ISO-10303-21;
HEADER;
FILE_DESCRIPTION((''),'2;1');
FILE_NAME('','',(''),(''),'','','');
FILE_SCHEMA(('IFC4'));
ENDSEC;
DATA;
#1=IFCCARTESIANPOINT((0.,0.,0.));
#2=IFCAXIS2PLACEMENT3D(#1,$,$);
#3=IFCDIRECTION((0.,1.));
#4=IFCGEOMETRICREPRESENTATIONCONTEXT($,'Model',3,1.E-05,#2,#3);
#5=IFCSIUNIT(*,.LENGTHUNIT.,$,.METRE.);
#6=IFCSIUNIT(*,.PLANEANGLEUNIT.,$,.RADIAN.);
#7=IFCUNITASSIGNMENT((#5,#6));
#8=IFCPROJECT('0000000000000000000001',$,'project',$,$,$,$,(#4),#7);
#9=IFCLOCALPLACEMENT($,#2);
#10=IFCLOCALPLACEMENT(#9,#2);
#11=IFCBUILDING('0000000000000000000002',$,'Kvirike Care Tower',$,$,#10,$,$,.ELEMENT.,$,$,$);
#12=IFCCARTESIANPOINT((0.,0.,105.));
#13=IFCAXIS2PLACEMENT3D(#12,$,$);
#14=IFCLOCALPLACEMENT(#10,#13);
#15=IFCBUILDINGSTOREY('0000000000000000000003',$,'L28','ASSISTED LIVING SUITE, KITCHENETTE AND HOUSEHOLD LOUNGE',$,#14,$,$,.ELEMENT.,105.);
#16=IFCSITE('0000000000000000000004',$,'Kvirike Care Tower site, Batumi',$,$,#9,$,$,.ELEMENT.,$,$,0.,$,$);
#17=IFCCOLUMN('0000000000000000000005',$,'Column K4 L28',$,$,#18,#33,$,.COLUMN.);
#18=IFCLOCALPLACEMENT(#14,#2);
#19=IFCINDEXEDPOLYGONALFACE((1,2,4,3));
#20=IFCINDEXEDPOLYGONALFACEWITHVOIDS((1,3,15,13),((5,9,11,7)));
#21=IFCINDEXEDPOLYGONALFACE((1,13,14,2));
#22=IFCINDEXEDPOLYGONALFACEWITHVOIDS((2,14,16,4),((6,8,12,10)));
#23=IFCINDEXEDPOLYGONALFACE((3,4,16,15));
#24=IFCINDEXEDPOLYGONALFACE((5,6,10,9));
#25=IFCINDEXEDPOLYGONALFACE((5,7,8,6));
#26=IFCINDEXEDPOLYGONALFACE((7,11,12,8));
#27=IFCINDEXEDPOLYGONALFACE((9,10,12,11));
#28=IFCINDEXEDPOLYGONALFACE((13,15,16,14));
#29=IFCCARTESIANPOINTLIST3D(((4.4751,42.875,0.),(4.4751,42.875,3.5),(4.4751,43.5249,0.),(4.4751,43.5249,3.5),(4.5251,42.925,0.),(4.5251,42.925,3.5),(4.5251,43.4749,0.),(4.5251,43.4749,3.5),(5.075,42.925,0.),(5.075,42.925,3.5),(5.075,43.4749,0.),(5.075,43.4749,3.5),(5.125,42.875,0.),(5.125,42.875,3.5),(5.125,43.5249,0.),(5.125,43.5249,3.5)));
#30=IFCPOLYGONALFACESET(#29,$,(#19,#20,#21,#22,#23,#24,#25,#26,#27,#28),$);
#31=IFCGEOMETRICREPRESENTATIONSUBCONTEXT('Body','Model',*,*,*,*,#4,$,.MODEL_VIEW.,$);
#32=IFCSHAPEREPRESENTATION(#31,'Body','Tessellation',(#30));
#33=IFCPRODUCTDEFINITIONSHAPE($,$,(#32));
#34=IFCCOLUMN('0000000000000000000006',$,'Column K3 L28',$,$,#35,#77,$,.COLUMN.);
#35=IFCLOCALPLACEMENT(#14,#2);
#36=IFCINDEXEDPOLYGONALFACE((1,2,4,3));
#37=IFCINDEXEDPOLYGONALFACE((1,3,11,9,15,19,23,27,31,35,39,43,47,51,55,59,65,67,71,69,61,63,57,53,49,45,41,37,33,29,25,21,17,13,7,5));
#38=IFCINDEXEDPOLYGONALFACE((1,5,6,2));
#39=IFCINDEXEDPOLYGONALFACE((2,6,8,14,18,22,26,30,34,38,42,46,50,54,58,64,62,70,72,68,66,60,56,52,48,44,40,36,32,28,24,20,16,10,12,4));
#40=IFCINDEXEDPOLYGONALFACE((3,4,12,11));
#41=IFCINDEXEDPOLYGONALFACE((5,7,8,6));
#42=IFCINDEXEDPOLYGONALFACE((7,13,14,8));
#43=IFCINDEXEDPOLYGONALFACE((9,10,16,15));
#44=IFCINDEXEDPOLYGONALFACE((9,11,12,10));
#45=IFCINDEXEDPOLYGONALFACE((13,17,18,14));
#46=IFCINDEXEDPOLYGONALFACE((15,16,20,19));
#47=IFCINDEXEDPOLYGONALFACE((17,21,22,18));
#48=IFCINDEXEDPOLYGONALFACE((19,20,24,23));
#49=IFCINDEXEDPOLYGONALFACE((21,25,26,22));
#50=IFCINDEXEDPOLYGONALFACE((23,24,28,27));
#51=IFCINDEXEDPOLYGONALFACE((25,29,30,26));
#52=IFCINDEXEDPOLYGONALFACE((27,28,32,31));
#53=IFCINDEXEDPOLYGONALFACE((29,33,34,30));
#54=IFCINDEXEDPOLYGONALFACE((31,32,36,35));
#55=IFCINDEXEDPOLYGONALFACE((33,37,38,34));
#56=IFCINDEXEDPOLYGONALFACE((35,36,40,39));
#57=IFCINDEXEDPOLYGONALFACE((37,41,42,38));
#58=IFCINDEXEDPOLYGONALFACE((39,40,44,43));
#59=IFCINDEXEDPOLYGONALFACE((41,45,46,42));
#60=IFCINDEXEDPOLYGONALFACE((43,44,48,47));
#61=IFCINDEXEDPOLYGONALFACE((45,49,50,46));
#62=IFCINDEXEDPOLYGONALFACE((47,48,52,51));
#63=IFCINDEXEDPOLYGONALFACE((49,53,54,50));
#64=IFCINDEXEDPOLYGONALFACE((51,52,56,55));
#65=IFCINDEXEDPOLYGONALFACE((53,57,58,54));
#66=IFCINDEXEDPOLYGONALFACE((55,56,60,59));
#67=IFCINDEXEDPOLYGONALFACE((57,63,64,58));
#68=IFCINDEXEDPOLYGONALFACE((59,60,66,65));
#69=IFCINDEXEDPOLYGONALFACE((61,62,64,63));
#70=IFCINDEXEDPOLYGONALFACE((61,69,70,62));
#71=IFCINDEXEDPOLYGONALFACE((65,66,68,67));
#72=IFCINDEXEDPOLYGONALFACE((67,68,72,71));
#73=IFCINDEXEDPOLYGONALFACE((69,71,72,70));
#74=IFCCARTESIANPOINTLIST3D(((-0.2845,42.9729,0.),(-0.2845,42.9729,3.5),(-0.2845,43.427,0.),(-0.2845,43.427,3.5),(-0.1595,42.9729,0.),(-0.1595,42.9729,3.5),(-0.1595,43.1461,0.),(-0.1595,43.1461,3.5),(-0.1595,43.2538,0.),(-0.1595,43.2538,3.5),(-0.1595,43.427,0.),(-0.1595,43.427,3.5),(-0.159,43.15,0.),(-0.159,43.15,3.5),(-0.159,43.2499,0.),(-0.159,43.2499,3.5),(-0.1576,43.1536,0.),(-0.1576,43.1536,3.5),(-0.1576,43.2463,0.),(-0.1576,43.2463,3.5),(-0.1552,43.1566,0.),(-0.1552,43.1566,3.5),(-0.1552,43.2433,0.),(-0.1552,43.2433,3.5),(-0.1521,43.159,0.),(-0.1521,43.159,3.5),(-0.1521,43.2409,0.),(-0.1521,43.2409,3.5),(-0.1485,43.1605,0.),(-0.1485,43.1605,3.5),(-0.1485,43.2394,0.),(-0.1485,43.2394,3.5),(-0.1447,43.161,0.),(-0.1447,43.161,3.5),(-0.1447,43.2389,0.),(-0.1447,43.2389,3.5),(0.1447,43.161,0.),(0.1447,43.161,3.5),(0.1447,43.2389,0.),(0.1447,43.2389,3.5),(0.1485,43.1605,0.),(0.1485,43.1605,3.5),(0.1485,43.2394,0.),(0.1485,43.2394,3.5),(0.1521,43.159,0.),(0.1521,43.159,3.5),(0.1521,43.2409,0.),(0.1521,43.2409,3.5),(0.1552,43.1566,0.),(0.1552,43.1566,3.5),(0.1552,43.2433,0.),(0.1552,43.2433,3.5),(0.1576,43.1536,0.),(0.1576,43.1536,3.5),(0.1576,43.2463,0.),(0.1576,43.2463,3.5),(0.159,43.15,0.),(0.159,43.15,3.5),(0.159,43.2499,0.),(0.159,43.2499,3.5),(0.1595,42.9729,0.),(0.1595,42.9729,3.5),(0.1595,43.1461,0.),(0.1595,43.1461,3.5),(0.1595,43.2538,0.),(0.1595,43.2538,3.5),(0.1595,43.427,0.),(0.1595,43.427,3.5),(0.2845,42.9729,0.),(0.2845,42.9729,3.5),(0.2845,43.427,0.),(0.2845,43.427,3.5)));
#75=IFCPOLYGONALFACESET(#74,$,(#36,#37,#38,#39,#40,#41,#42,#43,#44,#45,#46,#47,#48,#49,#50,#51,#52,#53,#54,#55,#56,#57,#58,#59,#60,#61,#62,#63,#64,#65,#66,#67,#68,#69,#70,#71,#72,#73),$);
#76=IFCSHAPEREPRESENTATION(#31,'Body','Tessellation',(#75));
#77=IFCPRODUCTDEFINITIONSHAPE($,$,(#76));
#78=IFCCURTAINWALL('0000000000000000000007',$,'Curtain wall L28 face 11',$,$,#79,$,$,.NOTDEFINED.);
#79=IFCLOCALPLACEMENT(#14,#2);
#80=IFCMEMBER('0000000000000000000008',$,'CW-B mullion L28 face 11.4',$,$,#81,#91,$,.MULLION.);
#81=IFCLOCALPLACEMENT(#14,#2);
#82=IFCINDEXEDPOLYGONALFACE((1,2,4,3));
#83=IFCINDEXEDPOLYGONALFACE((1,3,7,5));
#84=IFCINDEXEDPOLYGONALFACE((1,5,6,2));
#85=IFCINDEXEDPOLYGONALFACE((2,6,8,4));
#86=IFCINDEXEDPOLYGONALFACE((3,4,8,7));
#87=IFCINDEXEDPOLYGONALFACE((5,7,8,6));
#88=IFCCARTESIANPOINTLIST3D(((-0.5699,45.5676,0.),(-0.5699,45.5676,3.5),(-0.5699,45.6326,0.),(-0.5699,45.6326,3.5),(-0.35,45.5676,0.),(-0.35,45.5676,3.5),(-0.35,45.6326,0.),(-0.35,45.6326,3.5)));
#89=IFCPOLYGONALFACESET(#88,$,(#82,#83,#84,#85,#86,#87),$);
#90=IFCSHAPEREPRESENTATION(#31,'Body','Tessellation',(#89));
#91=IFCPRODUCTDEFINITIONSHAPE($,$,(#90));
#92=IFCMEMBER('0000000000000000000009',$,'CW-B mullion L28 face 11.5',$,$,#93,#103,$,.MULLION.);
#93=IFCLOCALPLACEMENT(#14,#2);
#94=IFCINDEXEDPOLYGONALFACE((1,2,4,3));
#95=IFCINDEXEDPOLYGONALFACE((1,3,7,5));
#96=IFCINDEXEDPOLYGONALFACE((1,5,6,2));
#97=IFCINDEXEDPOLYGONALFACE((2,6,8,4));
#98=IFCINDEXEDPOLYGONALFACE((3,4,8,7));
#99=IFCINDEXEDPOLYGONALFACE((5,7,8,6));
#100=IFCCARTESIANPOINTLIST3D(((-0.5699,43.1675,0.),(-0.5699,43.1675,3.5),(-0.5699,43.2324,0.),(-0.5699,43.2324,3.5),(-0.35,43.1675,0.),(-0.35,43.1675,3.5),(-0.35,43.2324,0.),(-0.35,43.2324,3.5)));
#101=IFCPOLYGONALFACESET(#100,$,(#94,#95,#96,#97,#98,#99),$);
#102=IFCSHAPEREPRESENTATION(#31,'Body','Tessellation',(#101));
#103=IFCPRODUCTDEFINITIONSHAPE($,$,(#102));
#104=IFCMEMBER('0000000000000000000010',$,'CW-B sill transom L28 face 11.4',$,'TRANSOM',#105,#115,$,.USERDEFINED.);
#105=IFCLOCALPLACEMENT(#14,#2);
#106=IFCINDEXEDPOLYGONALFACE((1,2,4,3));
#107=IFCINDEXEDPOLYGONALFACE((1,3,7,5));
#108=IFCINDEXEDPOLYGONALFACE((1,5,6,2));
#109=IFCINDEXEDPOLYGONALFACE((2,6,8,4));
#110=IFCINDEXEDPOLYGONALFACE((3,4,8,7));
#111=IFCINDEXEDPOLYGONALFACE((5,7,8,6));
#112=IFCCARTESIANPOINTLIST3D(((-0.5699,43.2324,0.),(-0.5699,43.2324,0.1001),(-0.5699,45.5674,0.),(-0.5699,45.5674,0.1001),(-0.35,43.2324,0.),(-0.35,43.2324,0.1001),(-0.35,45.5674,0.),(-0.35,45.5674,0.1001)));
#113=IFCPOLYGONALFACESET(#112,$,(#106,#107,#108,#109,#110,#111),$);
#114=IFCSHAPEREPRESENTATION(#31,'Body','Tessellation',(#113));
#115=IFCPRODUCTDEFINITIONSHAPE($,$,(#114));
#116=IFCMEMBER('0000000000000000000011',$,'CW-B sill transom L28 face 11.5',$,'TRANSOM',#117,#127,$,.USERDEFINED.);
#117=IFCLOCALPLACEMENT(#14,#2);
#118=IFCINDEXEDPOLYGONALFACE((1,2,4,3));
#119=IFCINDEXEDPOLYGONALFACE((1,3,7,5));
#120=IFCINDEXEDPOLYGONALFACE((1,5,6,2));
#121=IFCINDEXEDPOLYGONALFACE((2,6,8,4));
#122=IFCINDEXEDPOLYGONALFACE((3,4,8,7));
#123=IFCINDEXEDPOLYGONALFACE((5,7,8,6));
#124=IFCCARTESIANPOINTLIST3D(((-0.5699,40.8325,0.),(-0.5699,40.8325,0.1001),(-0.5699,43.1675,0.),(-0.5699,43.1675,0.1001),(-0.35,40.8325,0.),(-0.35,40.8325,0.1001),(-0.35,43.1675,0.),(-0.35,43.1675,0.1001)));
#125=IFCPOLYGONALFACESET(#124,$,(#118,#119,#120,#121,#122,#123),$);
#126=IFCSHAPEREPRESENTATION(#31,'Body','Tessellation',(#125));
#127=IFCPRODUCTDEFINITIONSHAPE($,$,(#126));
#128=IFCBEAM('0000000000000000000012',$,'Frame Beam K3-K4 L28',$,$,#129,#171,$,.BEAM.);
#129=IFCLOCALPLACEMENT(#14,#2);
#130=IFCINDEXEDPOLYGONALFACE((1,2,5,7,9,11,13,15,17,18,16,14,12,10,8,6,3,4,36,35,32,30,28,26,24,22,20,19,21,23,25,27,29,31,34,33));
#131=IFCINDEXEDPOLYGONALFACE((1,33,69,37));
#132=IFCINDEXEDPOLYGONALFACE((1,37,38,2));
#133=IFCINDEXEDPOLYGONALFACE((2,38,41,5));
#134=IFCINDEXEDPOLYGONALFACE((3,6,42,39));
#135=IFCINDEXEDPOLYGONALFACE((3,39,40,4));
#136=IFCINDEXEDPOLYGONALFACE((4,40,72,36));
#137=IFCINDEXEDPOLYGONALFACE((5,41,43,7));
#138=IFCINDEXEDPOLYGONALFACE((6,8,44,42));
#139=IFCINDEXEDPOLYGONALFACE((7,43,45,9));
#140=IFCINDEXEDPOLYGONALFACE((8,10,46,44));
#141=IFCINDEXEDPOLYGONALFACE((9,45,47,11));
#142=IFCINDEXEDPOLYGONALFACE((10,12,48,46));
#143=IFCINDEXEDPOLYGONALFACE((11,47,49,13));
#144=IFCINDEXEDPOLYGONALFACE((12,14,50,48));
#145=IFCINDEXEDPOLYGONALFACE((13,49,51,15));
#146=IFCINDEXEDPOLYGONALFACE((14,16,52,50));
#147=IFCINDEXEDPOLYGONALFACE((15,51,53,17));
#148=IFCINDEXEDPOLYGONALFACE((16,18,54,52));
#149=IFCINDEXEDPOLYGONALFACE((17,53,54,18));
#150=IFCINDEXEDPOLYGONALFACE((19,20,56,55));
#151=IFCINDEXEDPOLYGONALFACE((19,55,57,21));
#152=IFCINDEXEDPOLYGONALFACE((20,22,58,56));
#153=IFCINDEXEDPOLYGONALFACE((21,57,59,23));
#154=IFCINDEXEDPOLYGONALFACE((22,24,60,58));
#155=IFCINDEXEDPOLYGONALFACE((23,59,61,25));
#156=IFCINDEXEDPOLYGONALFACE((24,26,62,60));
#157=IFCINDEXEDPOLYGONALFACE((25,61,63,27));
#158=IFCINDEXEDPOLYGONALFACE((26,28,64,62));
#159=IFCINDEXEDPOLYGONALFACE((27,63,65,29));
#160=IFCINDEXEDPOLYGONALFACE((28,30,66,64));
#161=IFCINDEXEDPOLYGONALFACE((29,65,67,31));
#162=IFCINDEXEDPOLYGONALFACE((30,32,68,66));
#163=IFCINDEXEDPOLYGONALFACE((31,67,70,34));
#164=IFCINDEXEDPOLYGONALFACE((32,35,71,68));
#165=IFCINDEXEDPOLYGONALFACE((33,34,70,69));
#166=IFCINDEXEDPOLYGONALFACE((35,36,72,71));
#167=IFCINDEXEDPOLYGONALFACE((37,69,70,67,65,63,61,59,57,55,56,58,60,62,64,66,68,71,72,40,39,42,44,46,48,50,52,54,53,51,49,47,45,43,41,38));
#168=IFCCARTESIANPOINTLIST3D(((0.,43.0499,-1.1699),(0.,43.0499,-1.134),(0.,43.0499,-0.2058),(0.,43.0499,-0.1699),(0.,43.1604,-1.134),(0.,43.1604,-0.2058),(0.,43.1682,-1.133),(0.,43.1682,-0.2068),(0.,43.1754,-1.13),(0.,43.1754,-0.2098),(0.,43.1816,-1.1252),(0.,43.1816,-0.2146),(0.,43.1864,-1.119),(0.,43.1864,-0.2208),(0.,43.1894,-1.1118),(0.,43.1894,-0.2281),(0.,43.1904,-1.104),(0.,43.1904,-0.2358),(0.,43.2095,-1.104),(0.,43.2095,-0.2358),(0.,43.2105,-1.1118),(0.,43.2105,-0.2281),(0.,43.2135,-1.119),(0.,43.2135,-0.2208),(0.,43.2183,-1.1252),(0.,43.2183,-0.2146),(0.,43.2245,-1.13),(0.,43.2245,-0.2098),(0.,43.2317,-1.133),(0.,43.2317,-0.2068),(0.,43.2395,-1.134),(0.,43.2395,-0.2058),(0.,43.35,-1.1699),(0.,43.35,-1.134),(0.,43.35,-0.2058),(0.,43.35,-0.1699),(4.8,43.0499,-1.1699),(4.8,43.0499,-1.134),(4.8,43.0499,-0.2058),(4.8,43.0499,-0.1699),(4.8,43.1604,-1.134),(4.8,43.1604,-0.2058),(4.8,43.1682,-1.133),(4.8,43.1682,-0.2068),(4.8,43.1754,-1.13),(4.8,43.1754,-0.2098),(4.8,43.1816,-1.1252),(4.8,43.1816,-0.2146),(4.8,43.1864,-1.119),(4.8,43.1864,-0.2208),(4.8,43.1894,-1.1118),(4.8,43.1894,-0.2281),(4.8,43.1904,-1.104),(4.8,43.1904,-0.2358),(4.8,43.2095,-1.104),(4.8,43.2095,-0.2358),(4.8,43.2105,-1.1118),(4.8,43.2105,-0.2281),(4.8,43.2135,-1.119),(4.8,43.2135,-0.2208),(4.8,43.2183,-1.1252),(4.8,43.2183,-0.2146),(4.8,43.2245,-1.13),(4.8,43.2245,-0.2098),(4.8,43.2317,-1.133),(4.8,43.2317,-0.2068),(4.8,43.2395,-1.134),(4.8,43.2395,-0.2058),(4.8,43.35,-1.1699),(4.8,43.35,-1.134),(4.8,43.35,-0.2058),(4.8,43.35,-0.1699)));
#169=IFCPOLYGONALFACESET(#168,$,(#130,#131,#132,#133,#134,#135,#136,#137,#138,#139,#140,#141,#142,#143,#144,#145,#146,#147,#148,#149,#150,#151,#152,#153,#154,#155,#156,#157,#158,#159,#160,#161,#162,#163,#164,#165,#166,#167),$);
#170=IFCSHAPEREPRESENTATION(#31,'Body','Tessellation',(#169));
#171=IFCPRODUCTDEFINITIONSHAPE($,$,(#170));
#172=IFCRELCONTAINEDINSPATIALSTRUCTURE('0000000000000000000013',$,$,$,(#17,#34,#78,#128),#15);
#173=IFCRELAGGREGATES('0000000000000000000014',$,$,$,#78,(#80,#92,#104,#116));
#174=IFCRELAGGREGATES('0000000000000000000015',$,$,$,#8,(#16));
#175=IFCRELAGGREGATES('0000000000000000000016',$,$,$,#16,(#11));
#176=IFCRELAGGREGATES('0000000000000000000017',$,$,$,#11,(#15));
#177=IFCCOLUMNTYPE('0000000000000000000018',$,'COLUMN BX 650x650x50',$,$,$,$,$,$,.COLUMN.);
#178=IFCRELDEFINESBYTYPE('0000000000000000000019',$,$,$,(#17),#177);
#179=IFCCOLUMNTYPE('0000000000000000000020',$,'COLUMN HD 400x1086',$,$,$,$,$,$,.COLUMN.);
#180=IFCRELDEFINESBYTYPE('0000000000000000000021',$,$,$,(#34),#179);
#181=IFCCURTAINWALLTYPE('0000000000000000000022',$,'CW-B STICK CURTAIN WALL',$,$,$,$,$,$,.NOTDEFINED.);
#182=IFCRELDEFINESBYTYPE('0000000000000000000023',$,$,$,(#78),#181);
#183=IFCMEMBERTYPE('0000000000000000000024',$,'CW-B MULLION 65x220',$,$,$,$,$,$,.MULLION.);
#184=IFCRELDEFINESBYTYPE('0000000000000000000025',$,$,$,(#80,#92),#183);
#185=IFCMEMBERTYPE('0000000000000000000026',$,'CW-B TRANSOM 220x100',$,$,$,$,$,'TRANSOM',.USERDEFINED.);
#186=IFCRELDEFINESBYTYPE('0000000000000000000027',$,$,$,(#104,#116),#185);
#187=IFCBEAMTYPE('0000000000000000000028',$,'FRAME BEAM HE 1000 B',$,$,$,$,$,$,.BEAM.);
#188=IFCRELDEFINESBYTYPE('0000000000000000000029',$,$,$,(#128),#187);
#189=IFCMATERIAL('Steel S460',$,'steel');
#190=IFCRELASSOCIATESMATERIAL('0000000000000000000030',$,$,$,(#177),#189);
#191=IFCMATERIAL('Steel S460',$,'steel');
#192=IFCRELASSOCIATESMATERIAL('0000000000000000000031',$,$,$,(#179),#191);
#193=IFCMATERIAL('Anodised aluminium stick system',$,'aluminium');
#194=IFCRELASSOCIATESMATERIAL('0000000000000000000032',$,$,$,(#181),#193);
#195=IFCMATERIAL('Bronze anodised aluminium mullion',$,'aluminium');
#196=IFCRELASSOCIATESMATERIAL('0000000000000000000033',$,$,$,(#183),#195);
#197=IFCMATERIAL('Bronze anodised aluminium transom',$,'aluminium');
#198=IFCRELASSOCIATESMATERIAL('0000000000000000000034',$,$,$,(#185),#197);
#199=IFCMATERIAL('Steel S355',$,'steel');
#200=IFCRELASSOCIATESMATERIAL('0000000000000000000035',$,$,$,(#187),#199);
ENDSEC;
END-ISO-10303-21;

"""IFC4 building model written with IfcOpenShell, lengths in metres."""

from ifc_helpers import new_model, si_unit, direction, frame, origin, origin_2d, place, context, subcontext, project, spatial, rectangle, hollow_rectangle, i_section, extrude, material, material_profile, profile_set, type_object, element, aggregate, save


model = new_model("IFC4")

# Units and contexts
model_context = context("Model", 3, precision=1e-05, world=origin(), true_north=direction((0.0, 1.0)))
body_context = subcontext(model_context, "Body", "Model", "MODEL_VIEW")
ifc_project = project(units=[si_unit("LENGTHUNIT", "METRE"), si_unit("PLANEANGLEUNIT", "RADIAN")], contexts=[model_context])

# Site, building, storey
site_placement = place(None, origin())
site = spatial("IfcSite", under=ifc_project, at=site_placement, Name="Kvirike Care Tower site, Batumi", CompositionType="ELEMENT", RefElevation=0.0)
building_placement = place(site_placement, origin())
building = spatial("IfcBuilding", under=site, at=building_placement, Name="Kvirike Care Tower", CompositionType="ELEMENT")
storey_placement = place(building_placement, frame((0.0, 0.0, 105.0)))
storey = spatial("IfcBuildingStorey", under=building, at=storey_placement, Name="L28", Description="ASSISTED LIVING SUITE, KITCHENETTE AND HOUSEHOLD LOUNGE", CompositionType="ELEMENT", Elevation=105.0)

# Columns
ifc_material_1 = material(Name="Steel S460", Category="steel")
ifc_material_profile_1 = material_profile(ifc_material_1, hollow_rectangle(XDim=0.6499, YDim=0.6499, WallThickness=0.05, at=origin_2d()), Name="BX 650x650x50")
ifc_profile_set_1 = profile_set([ifc_material_profile_1], Name="Steel S460")
column_type_1 = type_object("IfcColumnType", Name="COLUMN BX 650x650x50", PredefinedType="COLUMN", material=ifc_profile_set_1)
column_1_placement = place(storey_placement, frame((4.8, 43.2, 0.0), z_axis=(0.0, 0.0, 1.0), x_axis=(0.0, 1.0, 0.0)))
element("IfcColumn", 1, at=column_1_placement, inside=storey, type_object=column_type_1, Name="Column K4 L28", PredefinedType="COLUMN", context=body_context, shape_type="SweptSolid", body=[
    extrude(hollow_rectangle(XDim=0.6499, YDim=0.6499, WallThickness=0.05, at=origin_2d()), origin(), (0.0, 0.0, 1.0), 3.5),
])
ifc_material_2 = material(Name="Steel S460", Category="steel")
ifc_material_profile_2 = material_profile(ifc_material_2, i_section(OverallWidth=0.4541, OverallDepth=0.5691, WebThickness=0.0779, FlangeThickness=0.125, FilletRadius=0.0149, at=origin_2d()), Name="HD 400x1086")
ifc_profile_set_2 = profile_set([ifc_material_profile_2], Name="Steel S460")
column_type_2 = type_object("IfcColumnType", Name="COLUMN HD 400x1086", PredefinedType="COLUMN", material=ifc_profile_set_2)
column_2_placement = place(storey_placement, frame((0.0, 43.2, 0.0), z_axis=(0.0, 0.0, 1.0), x_axis=(0.0, 1.0, 0.0)))
element("IfcColumn", 2, at=column_2_placement, inside=storey, type_object=column_type_2, Name="Column K3 L28", PredefinedType="COLUMN", context=body_context, shape_type="SweptSolid", body=[
    extrude(i_section(OverallWidth=0.4541, OverallDepth=0.5691, WebThickness=0.0779, FlangeThickness=0.125, FilletRadius=0.0149, at=origin_2d()), origin(), (0.0, 0.0, 1.0), 3.5),
])

# Curtain wall, members
ifc_material_3 = material(Name="Anodised aluminium stick system", Category="aluminium")
curtain_wall_type = type_object("IfcCurtainWallType", Name="CW-B STICK CURTAIN WALL", PredefinedType="NOTDEFINED", material=ifc_material_3)
curtain_wall_placement = place(storey_placement, origin())
curtain_wall = element("IfcCurtainWall", 3, at=curtain_wall_placement, inside=storey, type_object=curtain_wall_type, Name="Curtain wall L28 face 11", PredefinedType="NOTDEFINED")
ifc_material_4 = material(Name="Bronze anodised aluminium mullion", Category="aluminium")
ifc_material_profile_3 = material_profile(ifc_material_4, rectangle(XDim=0.0649, YDim=0.22, at=origin_2d()), Name="CW-B MULLION 65x220")
ifc_profile_set_3 = profile_set([ifc_material_profile_3], Name="Bronze anodised aluminium mullion")
member_type_1 = type_object("IfcMemberType", Name="CW-B MULLION 65x220", PredefinedType="MULLION", material=ifc_profile_set_3)
member_1_placement = place(storey_placement, frame((-0.46, 45.6001, 0.0), z_axis=(0.0, 0.0, 1.0), x_axis=(0.0, -1.0, 0.0)))
member_1 = element("IfcMember", 4, at=member_1_placement, type_object=member_type_1, Name="CW-B mullion L28 face 11.4", PredefinedType="MULLION", context=body_context, shape_type="SweptSolid", body=[
    extrude(rectangle(XDim=0.0649, YDim=0.22, at=origin_2d()), origin(), (0.0, 0.0, 1.0), 3.5),
])
member_2_placement = place(storey_placement, frame((-0.46, 43.2, 0.0), z_axis=(0.0, 0.0, 1.0), x_axis=(0.0, -1.0, 0.0)))
member_2 = element("IfcMember", 5, at=member_2_placement, type_object=member_type_1, Name="CW-B mullion L28 face 11.5", PredefinedType="MULLION", context=body_context, shape_type="SweptSolid", body=[
    extrude(rectangle(XDim=0.0649, YDim=0.22, at=origin_2d()), origin(), (0.0, 0.0, 1.0), 3.5),
])
ifc_material_5 = material(Name="Bronze anodised aluminium transom", Category="aluminium")
ifc_material_profile_4 = material_profile(ifc_material_5, rectangle(XDim=0.22, YDim=0.1001, at=origin_2d()), Name="CW-B TRANSOM 220x100")
ifc_profile_set_4 = profile_set([ifc_material_profile_4], Name="Bronze anodised aluminium transom")
member_type_2 = type_object("IfcMemberType", Name="CW-B TRANSOM 220x100", ElementType="TRANSOM", PredefinedType="USERDEFINED", material=ifc_profile_set_4)
member_3_placement = place(storey_placement, frame((-0.46, 45.5674, 0.05), z_axis=(0.0, -1.0, 0.0), x_axis=(1.0, 0.0, 0.0)))
member_3 = element("IfcMember", 6, at=member_3_placement, type_object=member_type_2, Name="CW-B sill transom L28 face 11.4", ObjectType="TRANSOM", PredefinedType="USERDEFINED", context=body_context, shape_type="SweptSolid", body=[
    extrude(rectangle(XDim=0.22, YDim=0.1001, at=origin_2d()), origin(), (0.0, 0.0, 1.0), 2.335),
])
member_4_placement = place(storey_placement, frame((-0.46, 43.1675, 0.05), z_axis=(0.0, -1.0, 0.0), x_axis=(1.0, 0.0, 0.0)))
member_4 = element("IfcMember", 7, at=member_4_placement, type_object=member_type_2, Name="CW-B sill transom L28 face 11.5", ObjectType="TRANSOM", PredefinedType="USERDEFINED", context=body_context, shape_type="SweptSolid", body=[
    extrude(rectangle(XDim=0.22, YDim=0.1001, at=origin_2d()), origin(), (0.0, 0.0, 1.0), 2.335),
])

# Beam
ifc_material_6 = material(Name="Steel S355", Category="steel")
ifc_material_profile_5 = material_profile(ifc_material_6, i_section(OverallWidth=0.3, OverallDepth=1.0, WebThickness=0.019, FlangeThickness=0.0359, FilletRadius=0.03, at=origin_2d()), Name="HE 1000 B")
ifc_profile_set_5 = profile_set([ifc_material_profile_5], Name="Steel S355")
beam_type_1 = type_object("IfcBeamType", Name="FRAME BEAM HE 1000 B", PredefinedType="BEAM", material=ifc_profile_set_5)
for number, where, z_axis, x_axis, name in (
    (8, (0.0, 43.2, -0.6699), (1.0, 0.0, 0.0), (0.0, 1.0, 0.0), "Frame Beam K3-K4 L28"),
):
    element("IfcBeam", number, at=place(storey_placement, frame(where, z_axis=z_axis, x_axis=x_axis)), inside=storey, type_object=beam_type_1, Name=name, PredefinedType="BEAM", context=body_context, shape_type="SweptSolid", body=[
        extrude(i_section(OverallWidth=0.3, OverallDepth=1.0, WebThickness=0.019, FlangeThickness=0.0359, FilletRadius=0.03, at=origin_2d()), origin(), (0.0, 0.0, 1.0), 4.8),
    ])

aggregate(curtain_wall, [member_1, member_2, member_3, member_4])

save(model, "model.ifc")
